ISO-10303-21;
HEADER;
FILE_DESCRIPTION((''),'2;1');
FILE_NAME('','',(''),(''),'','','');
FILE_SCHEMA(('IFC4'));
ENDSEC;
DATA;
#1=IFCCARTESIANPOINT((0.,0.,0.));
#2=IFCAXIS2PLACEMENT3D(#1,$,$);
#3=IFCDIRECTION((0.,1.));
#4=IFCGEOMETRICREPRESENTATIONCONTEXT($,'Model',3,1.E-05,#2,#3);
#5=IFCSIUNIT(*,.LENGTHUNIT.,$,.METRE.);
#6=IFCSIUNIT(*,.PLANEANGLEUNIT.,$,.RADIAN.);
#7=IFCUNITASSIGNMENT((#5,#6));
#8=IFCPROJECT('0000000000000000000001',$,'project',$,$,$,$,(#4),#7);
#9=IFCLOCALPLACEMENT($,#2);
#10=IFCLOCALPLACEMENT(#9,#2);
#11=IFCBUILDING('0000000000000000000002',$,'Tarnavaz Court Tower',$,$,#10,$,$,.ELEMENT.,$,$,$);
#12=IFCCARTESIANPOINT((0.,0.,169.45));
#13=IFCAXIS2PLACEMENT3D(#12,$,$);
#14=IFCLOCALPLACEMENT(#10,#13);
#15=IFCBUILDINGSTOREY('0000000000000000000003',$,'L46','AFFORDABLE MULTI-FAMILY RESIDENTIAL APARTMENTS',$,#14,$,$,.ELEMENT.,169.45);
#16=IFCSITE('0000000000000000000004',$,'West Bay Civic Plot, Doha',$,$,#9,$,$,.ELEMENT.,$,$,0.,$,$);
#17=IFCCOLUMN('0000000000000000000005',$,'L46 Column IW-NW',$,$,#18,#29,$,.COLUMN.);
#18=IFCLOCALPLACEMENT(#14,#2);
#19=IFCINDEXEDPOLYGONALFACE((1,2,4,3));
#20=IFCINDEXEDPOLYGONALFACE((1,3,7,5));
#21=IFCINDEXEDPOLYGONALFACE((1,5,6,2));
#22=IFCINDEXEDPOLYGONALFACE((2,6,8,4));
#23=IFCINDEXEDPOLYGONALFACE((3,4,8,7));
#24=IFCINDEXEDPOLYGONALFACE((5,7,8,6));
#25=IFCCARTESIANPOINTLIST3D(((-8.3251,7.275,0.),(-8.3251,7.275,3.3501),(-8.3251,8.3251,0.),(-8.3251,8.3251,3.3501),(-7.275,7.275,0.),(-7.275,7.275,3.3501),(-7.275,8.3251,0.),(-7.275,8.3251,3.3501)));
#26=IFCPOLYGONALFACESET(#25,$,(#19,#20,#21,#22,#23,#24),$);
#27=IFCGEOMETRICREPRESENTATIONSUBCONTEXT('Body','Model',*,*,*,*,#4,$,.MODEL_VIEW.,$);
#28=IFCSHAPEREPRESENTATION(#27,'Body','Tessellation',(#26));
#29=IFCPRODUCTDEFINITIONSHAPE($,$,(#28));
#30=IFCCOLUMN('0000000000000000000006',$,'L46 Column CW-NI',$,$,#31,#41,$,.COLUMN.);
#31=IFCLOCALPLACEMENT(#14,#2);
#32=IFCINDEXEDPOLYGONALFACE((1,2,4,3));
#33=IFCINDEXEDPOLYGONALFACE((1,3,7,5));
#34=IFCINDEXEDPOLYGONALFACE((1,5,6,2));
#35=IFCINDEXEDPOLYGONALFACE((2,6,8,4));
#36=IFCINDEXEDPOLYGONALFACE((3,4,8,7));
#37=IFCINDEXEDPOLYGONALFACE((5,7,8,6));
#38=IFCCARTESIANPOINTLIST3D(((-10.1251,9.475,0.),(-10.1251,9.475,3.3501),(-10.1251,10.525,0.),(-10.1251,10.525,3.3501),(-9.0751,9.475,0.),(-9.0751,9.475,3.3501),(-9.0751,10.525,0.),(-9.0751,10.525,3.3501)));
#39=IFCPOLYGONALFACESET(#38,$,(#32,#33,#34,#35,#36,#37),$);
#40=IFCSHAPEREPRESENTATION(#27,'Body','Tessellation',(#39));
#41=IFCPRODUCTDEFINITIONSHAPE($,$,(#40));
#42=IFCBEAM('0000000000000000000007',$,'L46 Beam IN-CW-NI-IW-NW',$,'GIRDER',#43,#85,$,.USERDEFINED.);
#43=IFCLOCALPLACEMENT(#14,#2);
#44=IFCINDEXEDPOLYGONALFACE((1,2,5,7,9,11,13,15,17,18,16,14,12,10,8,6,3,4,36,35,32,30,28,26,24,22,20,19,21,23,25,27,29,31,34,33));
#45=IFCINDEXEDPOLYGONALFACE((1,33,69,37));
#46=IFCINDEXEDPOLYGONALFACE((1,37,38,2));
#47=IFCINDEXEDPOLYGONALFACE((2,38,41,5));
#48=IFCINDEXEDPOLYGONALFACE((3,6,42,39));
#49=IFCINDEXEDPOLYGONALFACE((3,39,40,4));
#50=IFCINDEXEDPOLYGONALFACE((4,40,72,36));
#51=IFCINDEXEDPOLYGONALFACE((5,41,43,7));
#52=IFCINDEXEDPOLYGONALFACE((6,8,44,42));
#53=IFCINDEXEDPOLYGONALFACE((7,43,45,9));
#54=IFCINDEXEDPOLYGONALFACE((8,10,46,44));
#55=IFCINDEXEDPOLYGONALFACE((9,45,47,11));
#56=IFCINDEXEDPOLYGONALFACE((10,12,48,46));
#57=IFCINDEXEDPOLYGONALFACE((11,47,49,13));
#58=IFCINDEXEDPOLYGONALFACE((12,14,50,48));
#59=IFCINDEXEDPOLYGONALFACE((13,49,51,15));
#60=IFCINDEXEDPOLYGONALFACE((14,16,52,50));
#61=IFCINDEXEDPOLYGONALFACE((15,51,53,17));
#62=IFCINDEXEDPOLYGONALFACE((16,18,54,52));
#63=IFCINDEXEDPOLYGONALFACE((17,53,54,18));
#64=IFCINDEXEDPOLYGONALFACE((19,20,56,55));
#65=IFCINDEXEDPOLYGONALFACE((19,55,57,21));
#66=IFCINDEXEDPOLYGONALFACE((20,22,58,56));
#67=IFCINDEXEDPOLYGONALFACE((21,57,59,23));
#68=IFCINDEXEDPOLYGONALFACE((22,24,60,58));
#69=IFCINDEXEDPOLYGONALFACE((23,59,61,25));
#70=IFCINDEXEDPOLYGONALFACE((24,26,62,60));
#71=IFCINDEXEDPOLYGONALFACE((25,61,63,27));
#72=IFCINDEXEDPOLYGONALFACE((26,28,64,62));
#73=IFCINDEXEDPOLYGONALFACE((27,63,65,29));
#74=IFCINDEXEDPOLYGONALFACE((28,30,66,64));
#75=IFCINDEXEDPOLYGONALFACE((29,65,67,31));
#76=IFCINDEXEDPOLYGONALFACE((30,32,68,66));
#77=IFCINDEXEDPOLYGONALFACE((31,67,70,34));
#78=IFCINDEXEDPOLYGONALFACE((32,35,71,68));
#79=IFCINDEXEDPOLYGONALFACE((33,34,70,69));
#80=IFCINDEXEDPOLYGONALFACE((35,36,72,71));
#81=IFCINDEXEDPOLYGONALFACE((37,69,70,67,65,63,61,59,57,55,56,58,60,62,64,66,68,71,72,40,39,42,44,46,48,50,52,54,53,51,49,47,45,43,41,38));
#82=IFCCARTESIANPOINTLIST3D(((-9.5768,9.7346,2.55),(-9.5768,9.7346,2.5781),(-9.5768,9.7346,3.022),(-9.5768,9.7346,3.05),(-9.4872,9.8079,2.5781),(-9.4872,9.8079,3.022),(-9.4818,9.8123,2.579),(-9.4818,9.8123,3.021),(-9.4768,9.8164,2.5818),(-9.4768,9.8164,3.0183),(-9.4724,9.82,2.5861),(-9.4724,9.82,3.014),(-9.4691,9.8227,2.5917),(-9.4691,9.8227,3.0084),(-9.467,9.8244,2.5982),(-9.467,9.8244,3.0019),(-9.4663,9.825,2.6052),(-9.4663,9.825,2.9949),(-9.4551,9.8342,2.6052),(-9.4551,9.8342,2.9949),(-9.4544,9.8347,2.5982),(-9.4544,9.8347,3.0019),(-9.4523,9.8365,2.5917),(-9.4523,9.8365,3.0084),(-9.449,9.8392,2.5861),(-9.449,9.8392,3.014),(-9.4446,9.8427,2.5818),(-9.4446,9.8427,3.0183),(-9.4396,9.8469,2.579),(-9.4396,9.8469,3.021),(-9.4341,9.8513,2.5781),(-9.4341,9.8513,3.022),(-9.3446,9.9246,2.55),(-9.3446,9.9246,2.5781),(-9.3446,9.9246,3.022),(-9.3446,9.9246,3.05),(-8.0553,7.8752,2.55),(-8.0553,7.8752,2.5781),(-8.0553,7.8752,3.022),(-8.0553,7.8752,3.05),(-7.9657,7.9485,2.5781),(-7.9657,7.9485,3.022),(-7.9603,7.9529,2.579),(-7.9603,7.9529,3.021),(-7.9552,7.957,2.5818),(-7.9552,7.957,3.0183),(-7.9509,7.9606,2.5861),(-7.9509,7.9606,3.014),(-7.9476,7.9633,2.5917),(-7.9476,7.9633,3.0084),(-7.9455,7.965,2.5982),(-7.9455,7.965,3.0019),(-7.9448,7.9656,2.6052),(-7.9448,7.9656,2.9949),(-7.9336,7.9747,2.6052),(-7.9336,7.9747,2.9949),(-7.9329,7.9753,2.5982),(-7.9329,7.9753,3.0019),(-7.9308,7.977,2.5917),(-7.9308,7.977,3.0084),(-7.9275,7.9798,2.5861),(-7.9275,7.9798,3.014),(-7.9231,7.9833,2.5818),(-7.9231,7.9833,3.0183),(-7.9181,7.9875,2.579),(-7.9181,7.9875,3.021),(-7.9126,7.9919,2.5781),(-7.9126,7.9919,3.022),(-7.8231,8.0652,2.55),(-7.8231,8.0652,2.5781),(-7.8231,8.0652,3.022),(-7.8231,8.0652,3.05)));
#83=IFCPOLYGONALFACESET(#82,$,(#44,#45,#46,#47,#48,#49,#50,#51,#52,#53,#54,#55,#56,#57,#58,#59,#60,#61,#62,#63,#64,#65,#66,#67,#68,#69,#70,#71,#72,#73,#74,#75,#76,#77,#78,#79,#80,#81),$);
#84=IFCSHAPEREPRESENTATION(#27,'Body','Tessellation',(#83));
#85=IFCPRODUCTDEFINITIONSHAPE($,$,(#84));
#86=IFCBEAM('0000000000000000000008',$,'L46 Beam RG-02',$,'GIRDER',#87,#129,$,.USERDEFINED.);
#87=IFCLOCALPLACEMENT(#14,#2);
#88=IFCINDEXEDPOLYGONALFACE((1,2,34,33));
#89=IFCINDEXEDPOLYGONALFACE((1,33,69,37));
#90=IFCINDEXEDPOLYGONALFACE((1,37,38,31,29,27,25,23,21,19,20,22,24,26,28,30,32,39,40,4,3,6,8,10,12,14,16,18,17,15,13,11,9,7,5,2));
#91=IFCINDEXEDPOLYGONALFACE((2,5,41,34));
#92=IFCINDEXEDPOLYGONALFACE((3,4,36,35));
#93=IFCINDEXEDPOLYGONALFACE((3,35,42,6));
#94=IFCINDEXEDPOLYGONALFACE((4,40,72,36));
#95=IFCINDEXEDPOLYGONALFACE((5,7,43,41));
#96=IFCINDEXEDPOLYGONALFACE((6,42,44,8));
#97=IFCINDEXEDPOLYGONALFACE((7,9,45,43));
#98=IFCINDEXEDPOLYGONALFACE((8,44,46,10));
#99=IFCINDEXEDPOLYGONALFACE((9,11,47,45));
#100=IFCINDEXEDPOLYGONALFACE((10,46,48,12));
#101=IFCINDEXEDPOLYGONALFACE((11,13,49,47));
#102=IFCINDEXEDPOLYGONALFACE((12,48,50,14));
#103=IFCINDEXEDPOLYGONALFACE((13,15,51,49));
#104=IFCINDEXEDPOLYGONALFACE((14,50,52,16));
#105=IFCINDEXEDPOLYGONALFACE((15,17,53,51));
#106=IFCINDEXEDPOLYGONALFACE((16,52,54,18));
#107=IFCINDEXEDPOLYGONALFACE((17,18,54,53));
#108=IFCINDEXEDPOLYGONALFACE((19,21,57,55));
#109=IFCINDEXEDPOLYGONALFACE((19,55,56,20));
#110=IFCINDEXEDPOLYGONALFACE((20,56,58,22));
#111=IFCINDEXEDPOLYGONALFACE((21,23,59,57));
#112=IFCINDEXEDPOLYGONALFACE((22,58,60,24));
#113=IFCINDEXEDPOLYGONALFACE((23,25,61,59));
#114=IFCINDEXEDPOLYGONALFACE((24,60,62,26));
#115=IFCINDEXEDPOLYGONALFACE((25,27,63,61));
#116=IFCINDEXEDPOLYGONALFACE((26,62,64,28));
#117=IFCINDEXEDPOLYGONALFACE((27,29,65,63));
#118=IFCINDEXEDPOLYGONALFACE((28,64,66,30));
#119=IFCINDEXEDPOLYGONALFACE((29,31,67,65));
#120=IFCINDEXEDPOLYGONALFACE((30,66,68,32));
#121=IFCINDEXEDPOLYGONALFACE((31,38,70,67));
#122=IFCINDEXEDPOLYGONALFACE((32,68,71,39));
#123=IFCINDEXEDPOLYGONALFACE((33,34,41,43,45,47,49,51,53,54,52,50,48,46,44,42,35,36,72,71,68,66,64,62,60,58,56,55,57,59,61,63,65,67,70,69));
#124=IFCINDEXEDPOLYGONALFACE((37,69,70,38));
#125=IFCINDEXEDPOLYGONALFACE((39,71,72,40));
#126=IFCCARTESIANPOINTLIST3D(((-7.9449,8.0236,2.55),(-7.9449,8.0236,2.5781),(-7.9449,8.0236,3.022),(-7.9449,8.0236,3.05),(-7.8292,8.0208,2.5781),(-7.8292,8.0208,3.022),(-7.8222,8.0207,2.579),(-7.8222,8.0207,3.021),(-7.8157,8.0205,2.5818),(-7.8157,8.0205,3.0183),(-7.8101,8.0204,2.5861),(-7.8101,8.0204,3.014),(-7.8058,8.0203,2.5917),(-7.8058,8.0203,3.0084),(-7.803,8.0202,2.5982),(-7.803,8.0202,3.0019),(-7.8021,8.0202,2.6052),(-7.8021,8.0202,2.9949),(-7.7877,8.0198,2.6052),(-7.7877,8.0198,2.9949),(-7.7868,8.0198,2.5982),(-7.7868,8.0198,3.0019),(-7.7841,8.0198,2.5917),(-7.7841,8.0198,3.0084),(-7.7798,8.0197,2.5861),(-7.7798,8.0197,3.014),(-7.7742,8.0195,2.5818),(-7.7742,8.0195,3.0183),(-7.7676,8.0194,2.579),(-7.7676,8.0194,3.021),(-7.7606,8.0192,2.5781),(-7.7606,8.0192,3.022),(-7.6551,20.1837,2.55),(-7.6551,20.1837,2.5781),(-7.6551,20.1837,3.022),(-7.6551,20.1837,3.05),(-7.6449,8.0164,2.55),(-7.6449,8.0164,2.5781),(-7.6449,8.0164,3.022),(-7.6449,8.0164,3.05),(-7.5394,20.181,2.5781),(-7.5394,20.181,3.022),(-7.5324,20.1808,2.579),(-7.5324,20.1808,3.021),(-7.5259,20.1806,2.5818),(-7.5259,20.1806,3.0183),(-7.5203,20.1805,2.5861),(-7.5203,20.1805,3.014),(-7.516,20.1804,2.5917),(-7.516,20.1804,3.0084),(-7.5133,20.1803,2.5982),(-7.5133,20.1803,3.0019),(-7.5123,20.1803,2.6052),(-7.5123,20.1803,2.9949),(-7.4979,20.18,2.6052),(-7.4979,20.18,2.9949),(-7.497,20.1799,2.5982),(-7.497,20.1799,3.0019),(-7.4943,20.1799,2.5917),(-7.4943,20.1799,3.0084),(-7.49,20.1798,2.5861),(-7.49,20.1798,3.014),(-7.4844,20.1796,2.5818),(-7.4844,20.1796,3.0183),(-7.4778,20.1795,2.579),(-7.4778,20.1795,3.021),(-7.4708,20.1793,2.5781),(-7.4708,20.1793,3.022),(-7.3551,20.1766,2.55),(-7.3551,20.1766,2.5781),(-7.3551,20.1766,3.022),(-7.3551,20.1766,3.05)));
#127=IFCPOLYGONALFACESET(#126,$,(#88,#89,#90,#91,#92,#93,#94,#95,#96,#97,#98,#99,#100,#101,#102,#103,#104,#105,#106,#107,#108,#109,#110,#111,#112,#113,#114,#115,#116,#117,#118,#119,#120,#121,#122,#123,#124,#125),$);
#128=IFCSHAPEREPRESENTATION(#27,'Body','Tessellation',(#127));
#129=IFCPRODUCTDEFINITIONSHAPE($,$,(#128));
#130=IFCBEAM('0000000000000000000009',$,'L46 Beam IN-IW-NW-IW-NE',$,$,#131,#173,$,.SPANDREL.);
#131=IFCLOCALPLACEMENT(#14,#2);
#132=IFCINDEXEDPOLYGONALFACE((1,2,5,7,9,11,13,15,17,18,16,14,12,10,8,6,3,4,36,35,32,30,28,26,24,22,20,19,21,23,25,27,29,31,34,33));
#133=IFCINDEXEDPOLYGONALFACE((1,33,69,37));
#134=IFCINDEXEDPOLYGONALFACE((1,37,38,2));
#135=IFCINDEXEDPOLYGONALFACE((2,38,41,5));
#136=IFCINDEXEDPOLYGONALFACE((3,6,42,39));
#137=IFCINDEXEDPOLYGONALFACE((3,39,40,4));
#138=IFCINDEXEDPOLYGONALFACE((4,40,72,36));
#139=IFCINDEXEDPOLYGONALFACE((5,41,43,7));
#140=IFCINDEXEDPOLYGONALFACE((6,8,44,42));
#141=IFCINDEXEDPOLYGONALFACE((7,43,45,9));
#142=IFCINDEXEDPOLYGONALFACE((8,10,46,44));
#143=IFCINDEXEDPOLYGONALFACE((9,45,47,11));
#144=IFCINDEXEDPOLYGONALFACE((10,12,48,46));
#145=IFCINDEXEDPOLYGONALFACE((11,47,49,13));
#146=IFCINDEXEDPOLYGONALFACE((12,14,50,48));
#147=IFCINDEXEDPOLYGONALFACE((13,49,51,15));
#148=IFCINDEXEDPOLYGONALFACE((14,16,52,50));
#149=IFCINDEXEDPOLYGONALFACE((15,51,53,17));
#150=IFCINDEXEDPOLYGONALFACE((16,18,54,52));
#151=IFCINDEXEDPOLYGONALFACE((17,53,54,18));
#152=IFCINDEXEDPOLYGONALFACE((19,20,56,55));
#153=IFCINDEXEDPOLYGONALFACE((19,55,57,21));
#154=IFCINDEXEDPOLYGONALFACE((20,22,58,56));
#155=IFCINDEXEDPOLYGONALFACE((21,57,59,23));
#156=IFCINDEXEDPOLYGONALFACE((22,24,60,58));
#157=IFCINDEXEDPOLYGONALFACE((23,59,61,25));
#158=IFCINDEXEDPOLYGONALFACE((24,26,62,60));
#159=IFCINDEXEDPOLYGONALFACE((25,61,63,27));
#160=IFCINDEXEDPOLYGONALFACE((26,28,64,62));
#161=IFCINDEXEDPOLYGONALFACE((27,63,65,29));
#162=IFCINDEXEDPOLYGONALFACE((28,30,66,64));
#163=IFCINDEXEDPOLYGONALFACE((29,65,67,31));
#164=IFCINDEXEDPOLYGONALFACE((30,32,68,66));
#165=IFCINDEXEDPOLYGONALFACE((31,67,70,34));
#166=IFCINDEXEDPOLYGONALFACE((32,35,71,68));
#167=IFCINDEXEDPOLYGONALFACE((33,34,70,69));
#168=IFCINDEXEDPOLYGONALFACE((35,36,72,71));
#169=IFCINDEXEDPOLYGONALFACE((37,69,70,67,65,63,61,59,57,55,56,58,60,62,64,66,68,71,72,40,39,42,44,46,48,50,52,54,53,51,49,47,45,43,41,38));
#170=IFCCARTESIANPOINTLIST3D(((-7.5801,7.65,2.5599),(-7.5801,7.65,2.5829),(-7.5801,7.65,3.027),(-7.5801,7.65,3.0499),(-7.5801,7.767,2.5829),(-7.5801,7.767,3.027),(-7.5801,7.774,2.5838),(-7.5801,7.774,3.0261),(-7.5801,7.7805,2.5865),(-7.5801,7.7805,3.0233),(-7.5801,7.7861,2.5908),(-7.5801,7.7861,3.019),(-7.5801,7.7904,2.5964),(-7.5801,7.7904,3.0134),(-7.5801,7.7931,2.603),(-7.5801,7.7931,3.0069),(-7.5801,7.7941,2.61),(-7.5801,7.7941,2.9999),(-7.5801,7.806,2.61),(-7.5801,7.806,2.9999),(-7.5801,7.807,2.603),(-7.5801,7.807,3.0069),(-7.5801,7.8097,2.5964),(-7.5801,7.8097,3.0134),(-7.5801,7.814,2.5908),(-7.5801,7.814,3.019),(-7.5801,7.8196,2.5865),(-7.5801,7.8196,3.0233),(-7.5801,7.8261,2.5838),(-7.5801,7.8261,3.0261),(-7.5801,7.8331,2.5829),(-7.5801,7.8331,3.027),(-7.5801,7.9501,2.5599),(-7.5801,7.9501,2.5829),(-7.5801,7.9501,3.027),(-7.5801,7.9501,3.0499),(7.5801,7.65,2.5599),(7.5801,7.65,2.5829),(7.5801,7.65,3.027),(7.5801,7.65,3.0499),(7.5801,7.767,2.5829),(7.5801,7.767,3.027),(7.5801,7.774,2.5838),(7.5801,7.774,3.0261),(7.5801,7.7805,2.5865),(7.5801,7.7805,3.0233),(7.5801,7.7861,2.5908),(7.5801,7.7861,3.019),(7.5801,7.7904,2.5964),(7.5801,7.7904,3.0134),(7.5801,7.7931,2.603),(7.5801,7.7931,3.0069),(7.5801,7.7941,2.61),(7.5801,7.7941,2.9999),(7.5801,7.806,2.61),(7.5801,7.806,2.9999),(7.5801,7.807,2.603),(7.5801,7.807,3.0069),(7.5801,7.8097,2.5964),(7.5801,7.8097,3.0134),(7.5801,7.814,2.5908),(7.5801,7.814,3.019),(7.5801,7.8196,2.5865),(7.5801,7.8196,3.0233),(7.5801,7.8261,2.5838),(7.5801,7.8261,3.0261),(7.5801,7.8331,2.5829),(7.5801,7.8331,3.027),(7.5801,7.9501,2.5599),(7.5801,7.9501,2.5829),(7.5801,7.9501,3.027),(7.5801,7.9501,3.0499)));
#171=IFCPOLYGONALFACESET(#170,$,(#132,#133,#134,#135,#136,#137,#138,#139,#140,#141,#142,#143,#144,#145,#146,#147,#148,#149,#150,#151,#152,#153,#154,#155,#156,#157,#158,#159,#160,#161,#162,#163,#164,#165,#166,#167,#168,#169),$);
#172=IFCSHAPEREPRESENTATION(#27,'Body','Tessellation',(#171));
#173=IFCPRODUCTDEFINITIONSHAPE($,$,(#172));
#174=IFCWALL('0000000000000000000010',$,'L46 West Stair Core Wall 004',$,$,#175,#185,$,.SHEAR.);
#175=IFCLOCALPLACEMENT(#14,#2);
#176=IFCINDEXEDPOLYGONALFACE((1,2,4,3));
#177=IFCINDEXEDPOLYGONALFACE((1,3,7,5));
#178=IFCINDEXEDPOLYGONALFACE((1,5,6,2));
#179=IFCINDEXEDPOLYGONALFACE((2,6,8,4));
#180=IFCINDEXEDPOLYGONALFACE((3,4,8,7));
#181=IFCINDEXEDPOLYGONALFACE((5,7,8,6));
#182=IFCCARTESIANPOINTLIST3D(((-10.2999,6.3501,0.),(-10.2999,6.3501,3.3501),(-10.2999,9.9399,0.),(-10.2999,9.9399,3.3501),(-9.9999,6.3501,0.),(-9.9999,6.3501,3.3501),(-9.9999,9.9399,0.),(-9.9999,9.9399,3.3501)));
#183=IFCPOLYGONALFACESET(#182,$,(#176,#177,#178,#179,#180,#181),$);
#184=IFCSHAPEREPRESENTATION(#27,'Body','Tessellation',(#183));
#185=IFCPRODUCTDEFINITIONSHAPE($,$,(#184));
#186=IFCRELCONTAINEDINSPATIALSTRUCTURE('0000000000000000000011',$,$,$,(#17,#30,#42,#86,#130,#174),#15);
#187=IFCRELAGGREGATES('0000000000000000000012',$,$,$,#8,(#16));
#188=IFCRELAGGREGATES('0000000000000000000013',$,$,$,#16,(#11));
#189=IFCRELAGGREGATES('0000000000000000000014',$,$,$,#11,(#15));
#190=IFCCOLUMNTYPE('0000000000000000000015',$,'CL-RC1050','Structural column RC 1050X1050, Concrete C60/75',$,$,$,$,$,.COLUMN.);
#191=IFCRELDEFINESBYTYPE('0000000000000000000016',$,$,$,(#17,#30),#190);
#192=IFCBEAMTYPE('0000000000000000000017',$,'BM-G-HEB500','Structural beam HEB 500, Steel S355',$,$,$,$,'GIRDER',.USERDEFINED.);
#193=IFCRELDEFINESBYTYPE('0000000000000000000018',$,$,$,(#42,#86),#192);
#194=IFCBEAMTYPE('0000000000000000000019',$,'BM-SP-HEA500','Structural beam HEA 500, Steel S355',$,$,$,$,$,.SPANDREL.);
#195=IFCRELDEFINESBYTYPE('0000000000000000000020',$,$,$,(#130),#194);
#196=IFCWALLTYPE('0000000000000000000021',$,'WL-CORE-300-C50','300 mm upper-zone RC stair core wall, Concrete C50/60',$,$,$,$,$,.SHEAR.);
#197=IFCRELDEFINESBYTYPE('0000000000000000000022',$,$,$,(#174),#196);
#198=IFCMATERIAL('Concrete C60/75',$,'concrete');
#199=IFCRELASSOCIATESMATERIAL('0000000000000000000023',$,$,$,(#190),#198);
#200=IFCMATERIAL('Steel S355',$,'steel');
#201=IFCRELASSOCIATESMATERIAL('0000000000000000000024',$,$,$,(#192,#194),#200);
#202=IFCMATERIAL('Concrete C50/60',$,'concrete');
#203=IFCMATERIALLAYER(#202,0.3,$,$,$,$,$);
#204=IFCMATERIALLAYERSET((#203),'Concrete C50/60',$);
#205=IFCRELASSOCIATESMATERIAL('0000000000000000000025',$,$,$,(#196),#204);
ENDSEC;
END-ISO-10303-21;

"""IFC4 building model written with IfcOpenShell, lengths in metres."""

from ifc_helpers import new_model, si_unit, direction, frame, frame_2d, origin, origin_2d, place, context, subcontext, project, spatial, rectangle, i_section, extrude, material, layer, layer_set, material_profile, profile_set, type_object, element, save


model = new_model("IFC4")

# Units and contexts
model_context = context("Model", 3, precision=1e-05, world=origin(), true_north=direction((0.0, 1.0)))
body_context = subcontext(model_context, "Body", "Model", "MODEL_VIEW")
ifc_project = project(units=[si_unit("LENGTHUNIT", "METRE"), si_unit("PLANEANGLEUNIT", "RADIAN")], contexts=[model_context])

# Site, building, storey
site_placement = place(None, origin())
site = spatial("IfcSite", under=ifc_project, at=site_placement, Name="West Bay Civic Plot, Doha", CompositionType="ELEMENT", RefElevation=0.0)
building_placement = place(site_placement, origin())
building = spatial("IfcBuilding", under=site, at=building_placement, Name="Tarnavaz Court Tower", CompositionType="ELEMENT")
storey_placement = place(building_placement, frame((0.0, 0.0, 169.45)))
storey = spatial("IfcBuildingStorey", under=building, at=storey_placement, Name="L46", Description="AFFORDABLE MULTI-FAMILY RESIDENTIAL APARTMENTS", CompositionType="ELEMENT", Elevation=169.45)

# Columns
ifc_material_1 = material(Name="Concrete C60/75", Category="concrete")
ifc_material_profile_1 = material_profile(ifc_material_1, rectangle(XDim=1.05, YDim=1.05, at=origin_2d()), Name="RC 1050X1050")
ifc_profile_set_1 = profile_set([ifc_material_profile_1], Name="Concrete C60/75")
column_type = type_object("IfcColumnType", Name="CL-RC1050", Description="Structural column RC 1050X1050, Concrete C60/75", PredefinedType="COLUMN", material=ifc_profile_set_1)
for number, where, z_axis, x_axis, name in (
    (1, (-7.8, 7.8, 0.0), (0.0, 0.0, 1.0), (1.0, 0.0, 0.0), "L46 Column IW-NW"),
    (2, (-9.6001, 10.0, 0.0), (0.0, 0.0, 1.0), (1.0, 0.0, 0.0), "L46 Column CW-NI"),
):
    element("IfcColumn", number, at=place(storey_placement, frame(where, z_axis=z_axis, x_axis=x_axis)), inside=storey, type_object=column_type, Name=name, PredefinedType="COLUMN", context=body_context, shape_type="SweptSolid", body=[
        extrude(rectangle(XDim=1.05, YDim=1.05, at=origin_2d()), origin(), (0.0, 0.0, 1.0), 3.3501),
    ])

# Beams
ifc_material_2 = material(Name="Steel S355", Category="steel")
ifc_material_profile_2 = material_profile(ifc_material_2, i_section(OverallWidth=0.3, OverallDepth=0.5, WebThickness=0.0144, FlangeThickness=0.0281, FilletRadius=0.0271, at=origin_2d()), Name="HEB 500")
ifc_profile_set_2 = profile_set([ifc_material_profile_2], Name="Steel S355")
beam_type_1 = type_object("IfcBeamType", Name="BM-G-HEB500", Description="Structural beam HEB 500, Steel S355", ElementType="GIRDER", PredefinedType="USERDEFINED", material=ifc_profile_set_2)
beam_1_placement = place(storey_placement, frame((-9.4607, 9.8296, 2.8), z_axis=(0.633282, -0.773921, 0.0), x_axis=(0.773921, 0.633282, 0.0)))
element("IfcBeam", 3, at=beam_1_placement, inside=storey, type_object=beam_type_1, Name="L46 Beam IN-CW-NI-IW-NW", ObjectType="GIRDER", PredefinedType="USERDEFINED", context=body_context, shape_type="SweptSolid", body=[
    extrude(i_section(OverallWidth=0.3, OverallDepth=0.5, WebThickness=0.0144, FlangeThickness=0.0281, FilletRadius=0.0271, at=origin_2d()), origin(), (0.0, 0.0, 1.0), 2.4026),
])
beam_2_placement = place(storey_placement, frame((-7.7949, 8.02, 2.8), z_axis=(0.023825, 0.999716, 0.0), x_axis=(-0.999716, 0.023825, 0.0)))
element("IfcBeam", 4, at=beam_2_placement, inside=storey, type_object=beam_type_1, Name="L46 Beam RG-02", ObjectType="GIRDER", PredefinedType="USERDEFINED", context=body_context, shape_type="SweptSolid", body=[
    extrude(i_section(OverallWidth=0.3, OverallDepth=0.5, WebThickness=0.0144, FlangeThickness=0.0281, FilletRadius=0.0271, at=origin_2d()), origin(), (0.0, 0.0, 1.0), 12.1636),
])
ifc_material_profile_3 = material_profile(ifc_material_2, i_section(OverallWidth=0.3, OverallDepth=0.49, WebThickness=0.012, FlangeThickness=0.0229, FilletRadius=0.0271, at=origin_2d()), Name="HEA 500")
ifc_profile_set_3 = profile_set([ifc_material_profile_3], Name="Steel S355")
beam_type_2 = type_object("IfcBeamType", Name="BM-SP-HEA500", Description="Structural beam HEA 500, Steel S355", PredefinedType="SPANDREL", material=ifc_profile_set_3)
beam_3_placement = place(storey_placement, frame((-7.5801, 7.8, 2.8049), z_axis=(1.0, 0.0, 0.0), x_axis=(0.0, 1.0, 0.0)))
element("IfcBeam", 5, at=beam_3_placement, inside=storey, type_object=beam_type_2, Name="L46 Beam IN-IW-NW-IW-NE", PredefinedType="SPANDREL", context=body_context, shape_type="SweptSolid", body=[
    extrude(i_section(OverallWidth=0.3, OverallDepth=0.49, WebThickness=0.012, FlangeThickness=0.0229, FilletRadius=0.0271, at=origin_2d()), origin(), (0.0, 0.0, 1.0), 15.1602),
])

# Wall
ifc_material_3 = material(Name="Concrete C50/60", Category="concrete")
ifc_layer_1 = layer(ifc_material_3, 0.3)
ifc_layer_set_1 = layer_set([ifc_layer_1], Name="Concrete C50/60")
wall_type_1 = type_object("IfcWallType", Name="WL-CORE-300-C50", Description="300 mm upper-zone RC stair core wall, Concrete C50/60", PredefinedType="SHEAR", material=ifc_layer_set_1)
wall_1_placement = place(storey_placement, frame((-10.1499, 6.3501, 0.0), z_axis=(0.0, 0.0, 1.0), x_axis=(0.0, 1.0, 0.0)))
element("IfcWall", 6, at=wall_1_placement, inside=storey, type_object=wall_type_1, Name="L46 West Stair Core Wall 004", PredefinedType="SHEAR", context=body_context, shape_type="SweptSolid", body=[
    extrude(rectangle(XDim=3.5898, YDim=0.3, at=frame_2d((1.7949, 0.0))), origin(), (0.0, 0.0, 1.0), 3.3501),
])

save(model, "model.ifc")
